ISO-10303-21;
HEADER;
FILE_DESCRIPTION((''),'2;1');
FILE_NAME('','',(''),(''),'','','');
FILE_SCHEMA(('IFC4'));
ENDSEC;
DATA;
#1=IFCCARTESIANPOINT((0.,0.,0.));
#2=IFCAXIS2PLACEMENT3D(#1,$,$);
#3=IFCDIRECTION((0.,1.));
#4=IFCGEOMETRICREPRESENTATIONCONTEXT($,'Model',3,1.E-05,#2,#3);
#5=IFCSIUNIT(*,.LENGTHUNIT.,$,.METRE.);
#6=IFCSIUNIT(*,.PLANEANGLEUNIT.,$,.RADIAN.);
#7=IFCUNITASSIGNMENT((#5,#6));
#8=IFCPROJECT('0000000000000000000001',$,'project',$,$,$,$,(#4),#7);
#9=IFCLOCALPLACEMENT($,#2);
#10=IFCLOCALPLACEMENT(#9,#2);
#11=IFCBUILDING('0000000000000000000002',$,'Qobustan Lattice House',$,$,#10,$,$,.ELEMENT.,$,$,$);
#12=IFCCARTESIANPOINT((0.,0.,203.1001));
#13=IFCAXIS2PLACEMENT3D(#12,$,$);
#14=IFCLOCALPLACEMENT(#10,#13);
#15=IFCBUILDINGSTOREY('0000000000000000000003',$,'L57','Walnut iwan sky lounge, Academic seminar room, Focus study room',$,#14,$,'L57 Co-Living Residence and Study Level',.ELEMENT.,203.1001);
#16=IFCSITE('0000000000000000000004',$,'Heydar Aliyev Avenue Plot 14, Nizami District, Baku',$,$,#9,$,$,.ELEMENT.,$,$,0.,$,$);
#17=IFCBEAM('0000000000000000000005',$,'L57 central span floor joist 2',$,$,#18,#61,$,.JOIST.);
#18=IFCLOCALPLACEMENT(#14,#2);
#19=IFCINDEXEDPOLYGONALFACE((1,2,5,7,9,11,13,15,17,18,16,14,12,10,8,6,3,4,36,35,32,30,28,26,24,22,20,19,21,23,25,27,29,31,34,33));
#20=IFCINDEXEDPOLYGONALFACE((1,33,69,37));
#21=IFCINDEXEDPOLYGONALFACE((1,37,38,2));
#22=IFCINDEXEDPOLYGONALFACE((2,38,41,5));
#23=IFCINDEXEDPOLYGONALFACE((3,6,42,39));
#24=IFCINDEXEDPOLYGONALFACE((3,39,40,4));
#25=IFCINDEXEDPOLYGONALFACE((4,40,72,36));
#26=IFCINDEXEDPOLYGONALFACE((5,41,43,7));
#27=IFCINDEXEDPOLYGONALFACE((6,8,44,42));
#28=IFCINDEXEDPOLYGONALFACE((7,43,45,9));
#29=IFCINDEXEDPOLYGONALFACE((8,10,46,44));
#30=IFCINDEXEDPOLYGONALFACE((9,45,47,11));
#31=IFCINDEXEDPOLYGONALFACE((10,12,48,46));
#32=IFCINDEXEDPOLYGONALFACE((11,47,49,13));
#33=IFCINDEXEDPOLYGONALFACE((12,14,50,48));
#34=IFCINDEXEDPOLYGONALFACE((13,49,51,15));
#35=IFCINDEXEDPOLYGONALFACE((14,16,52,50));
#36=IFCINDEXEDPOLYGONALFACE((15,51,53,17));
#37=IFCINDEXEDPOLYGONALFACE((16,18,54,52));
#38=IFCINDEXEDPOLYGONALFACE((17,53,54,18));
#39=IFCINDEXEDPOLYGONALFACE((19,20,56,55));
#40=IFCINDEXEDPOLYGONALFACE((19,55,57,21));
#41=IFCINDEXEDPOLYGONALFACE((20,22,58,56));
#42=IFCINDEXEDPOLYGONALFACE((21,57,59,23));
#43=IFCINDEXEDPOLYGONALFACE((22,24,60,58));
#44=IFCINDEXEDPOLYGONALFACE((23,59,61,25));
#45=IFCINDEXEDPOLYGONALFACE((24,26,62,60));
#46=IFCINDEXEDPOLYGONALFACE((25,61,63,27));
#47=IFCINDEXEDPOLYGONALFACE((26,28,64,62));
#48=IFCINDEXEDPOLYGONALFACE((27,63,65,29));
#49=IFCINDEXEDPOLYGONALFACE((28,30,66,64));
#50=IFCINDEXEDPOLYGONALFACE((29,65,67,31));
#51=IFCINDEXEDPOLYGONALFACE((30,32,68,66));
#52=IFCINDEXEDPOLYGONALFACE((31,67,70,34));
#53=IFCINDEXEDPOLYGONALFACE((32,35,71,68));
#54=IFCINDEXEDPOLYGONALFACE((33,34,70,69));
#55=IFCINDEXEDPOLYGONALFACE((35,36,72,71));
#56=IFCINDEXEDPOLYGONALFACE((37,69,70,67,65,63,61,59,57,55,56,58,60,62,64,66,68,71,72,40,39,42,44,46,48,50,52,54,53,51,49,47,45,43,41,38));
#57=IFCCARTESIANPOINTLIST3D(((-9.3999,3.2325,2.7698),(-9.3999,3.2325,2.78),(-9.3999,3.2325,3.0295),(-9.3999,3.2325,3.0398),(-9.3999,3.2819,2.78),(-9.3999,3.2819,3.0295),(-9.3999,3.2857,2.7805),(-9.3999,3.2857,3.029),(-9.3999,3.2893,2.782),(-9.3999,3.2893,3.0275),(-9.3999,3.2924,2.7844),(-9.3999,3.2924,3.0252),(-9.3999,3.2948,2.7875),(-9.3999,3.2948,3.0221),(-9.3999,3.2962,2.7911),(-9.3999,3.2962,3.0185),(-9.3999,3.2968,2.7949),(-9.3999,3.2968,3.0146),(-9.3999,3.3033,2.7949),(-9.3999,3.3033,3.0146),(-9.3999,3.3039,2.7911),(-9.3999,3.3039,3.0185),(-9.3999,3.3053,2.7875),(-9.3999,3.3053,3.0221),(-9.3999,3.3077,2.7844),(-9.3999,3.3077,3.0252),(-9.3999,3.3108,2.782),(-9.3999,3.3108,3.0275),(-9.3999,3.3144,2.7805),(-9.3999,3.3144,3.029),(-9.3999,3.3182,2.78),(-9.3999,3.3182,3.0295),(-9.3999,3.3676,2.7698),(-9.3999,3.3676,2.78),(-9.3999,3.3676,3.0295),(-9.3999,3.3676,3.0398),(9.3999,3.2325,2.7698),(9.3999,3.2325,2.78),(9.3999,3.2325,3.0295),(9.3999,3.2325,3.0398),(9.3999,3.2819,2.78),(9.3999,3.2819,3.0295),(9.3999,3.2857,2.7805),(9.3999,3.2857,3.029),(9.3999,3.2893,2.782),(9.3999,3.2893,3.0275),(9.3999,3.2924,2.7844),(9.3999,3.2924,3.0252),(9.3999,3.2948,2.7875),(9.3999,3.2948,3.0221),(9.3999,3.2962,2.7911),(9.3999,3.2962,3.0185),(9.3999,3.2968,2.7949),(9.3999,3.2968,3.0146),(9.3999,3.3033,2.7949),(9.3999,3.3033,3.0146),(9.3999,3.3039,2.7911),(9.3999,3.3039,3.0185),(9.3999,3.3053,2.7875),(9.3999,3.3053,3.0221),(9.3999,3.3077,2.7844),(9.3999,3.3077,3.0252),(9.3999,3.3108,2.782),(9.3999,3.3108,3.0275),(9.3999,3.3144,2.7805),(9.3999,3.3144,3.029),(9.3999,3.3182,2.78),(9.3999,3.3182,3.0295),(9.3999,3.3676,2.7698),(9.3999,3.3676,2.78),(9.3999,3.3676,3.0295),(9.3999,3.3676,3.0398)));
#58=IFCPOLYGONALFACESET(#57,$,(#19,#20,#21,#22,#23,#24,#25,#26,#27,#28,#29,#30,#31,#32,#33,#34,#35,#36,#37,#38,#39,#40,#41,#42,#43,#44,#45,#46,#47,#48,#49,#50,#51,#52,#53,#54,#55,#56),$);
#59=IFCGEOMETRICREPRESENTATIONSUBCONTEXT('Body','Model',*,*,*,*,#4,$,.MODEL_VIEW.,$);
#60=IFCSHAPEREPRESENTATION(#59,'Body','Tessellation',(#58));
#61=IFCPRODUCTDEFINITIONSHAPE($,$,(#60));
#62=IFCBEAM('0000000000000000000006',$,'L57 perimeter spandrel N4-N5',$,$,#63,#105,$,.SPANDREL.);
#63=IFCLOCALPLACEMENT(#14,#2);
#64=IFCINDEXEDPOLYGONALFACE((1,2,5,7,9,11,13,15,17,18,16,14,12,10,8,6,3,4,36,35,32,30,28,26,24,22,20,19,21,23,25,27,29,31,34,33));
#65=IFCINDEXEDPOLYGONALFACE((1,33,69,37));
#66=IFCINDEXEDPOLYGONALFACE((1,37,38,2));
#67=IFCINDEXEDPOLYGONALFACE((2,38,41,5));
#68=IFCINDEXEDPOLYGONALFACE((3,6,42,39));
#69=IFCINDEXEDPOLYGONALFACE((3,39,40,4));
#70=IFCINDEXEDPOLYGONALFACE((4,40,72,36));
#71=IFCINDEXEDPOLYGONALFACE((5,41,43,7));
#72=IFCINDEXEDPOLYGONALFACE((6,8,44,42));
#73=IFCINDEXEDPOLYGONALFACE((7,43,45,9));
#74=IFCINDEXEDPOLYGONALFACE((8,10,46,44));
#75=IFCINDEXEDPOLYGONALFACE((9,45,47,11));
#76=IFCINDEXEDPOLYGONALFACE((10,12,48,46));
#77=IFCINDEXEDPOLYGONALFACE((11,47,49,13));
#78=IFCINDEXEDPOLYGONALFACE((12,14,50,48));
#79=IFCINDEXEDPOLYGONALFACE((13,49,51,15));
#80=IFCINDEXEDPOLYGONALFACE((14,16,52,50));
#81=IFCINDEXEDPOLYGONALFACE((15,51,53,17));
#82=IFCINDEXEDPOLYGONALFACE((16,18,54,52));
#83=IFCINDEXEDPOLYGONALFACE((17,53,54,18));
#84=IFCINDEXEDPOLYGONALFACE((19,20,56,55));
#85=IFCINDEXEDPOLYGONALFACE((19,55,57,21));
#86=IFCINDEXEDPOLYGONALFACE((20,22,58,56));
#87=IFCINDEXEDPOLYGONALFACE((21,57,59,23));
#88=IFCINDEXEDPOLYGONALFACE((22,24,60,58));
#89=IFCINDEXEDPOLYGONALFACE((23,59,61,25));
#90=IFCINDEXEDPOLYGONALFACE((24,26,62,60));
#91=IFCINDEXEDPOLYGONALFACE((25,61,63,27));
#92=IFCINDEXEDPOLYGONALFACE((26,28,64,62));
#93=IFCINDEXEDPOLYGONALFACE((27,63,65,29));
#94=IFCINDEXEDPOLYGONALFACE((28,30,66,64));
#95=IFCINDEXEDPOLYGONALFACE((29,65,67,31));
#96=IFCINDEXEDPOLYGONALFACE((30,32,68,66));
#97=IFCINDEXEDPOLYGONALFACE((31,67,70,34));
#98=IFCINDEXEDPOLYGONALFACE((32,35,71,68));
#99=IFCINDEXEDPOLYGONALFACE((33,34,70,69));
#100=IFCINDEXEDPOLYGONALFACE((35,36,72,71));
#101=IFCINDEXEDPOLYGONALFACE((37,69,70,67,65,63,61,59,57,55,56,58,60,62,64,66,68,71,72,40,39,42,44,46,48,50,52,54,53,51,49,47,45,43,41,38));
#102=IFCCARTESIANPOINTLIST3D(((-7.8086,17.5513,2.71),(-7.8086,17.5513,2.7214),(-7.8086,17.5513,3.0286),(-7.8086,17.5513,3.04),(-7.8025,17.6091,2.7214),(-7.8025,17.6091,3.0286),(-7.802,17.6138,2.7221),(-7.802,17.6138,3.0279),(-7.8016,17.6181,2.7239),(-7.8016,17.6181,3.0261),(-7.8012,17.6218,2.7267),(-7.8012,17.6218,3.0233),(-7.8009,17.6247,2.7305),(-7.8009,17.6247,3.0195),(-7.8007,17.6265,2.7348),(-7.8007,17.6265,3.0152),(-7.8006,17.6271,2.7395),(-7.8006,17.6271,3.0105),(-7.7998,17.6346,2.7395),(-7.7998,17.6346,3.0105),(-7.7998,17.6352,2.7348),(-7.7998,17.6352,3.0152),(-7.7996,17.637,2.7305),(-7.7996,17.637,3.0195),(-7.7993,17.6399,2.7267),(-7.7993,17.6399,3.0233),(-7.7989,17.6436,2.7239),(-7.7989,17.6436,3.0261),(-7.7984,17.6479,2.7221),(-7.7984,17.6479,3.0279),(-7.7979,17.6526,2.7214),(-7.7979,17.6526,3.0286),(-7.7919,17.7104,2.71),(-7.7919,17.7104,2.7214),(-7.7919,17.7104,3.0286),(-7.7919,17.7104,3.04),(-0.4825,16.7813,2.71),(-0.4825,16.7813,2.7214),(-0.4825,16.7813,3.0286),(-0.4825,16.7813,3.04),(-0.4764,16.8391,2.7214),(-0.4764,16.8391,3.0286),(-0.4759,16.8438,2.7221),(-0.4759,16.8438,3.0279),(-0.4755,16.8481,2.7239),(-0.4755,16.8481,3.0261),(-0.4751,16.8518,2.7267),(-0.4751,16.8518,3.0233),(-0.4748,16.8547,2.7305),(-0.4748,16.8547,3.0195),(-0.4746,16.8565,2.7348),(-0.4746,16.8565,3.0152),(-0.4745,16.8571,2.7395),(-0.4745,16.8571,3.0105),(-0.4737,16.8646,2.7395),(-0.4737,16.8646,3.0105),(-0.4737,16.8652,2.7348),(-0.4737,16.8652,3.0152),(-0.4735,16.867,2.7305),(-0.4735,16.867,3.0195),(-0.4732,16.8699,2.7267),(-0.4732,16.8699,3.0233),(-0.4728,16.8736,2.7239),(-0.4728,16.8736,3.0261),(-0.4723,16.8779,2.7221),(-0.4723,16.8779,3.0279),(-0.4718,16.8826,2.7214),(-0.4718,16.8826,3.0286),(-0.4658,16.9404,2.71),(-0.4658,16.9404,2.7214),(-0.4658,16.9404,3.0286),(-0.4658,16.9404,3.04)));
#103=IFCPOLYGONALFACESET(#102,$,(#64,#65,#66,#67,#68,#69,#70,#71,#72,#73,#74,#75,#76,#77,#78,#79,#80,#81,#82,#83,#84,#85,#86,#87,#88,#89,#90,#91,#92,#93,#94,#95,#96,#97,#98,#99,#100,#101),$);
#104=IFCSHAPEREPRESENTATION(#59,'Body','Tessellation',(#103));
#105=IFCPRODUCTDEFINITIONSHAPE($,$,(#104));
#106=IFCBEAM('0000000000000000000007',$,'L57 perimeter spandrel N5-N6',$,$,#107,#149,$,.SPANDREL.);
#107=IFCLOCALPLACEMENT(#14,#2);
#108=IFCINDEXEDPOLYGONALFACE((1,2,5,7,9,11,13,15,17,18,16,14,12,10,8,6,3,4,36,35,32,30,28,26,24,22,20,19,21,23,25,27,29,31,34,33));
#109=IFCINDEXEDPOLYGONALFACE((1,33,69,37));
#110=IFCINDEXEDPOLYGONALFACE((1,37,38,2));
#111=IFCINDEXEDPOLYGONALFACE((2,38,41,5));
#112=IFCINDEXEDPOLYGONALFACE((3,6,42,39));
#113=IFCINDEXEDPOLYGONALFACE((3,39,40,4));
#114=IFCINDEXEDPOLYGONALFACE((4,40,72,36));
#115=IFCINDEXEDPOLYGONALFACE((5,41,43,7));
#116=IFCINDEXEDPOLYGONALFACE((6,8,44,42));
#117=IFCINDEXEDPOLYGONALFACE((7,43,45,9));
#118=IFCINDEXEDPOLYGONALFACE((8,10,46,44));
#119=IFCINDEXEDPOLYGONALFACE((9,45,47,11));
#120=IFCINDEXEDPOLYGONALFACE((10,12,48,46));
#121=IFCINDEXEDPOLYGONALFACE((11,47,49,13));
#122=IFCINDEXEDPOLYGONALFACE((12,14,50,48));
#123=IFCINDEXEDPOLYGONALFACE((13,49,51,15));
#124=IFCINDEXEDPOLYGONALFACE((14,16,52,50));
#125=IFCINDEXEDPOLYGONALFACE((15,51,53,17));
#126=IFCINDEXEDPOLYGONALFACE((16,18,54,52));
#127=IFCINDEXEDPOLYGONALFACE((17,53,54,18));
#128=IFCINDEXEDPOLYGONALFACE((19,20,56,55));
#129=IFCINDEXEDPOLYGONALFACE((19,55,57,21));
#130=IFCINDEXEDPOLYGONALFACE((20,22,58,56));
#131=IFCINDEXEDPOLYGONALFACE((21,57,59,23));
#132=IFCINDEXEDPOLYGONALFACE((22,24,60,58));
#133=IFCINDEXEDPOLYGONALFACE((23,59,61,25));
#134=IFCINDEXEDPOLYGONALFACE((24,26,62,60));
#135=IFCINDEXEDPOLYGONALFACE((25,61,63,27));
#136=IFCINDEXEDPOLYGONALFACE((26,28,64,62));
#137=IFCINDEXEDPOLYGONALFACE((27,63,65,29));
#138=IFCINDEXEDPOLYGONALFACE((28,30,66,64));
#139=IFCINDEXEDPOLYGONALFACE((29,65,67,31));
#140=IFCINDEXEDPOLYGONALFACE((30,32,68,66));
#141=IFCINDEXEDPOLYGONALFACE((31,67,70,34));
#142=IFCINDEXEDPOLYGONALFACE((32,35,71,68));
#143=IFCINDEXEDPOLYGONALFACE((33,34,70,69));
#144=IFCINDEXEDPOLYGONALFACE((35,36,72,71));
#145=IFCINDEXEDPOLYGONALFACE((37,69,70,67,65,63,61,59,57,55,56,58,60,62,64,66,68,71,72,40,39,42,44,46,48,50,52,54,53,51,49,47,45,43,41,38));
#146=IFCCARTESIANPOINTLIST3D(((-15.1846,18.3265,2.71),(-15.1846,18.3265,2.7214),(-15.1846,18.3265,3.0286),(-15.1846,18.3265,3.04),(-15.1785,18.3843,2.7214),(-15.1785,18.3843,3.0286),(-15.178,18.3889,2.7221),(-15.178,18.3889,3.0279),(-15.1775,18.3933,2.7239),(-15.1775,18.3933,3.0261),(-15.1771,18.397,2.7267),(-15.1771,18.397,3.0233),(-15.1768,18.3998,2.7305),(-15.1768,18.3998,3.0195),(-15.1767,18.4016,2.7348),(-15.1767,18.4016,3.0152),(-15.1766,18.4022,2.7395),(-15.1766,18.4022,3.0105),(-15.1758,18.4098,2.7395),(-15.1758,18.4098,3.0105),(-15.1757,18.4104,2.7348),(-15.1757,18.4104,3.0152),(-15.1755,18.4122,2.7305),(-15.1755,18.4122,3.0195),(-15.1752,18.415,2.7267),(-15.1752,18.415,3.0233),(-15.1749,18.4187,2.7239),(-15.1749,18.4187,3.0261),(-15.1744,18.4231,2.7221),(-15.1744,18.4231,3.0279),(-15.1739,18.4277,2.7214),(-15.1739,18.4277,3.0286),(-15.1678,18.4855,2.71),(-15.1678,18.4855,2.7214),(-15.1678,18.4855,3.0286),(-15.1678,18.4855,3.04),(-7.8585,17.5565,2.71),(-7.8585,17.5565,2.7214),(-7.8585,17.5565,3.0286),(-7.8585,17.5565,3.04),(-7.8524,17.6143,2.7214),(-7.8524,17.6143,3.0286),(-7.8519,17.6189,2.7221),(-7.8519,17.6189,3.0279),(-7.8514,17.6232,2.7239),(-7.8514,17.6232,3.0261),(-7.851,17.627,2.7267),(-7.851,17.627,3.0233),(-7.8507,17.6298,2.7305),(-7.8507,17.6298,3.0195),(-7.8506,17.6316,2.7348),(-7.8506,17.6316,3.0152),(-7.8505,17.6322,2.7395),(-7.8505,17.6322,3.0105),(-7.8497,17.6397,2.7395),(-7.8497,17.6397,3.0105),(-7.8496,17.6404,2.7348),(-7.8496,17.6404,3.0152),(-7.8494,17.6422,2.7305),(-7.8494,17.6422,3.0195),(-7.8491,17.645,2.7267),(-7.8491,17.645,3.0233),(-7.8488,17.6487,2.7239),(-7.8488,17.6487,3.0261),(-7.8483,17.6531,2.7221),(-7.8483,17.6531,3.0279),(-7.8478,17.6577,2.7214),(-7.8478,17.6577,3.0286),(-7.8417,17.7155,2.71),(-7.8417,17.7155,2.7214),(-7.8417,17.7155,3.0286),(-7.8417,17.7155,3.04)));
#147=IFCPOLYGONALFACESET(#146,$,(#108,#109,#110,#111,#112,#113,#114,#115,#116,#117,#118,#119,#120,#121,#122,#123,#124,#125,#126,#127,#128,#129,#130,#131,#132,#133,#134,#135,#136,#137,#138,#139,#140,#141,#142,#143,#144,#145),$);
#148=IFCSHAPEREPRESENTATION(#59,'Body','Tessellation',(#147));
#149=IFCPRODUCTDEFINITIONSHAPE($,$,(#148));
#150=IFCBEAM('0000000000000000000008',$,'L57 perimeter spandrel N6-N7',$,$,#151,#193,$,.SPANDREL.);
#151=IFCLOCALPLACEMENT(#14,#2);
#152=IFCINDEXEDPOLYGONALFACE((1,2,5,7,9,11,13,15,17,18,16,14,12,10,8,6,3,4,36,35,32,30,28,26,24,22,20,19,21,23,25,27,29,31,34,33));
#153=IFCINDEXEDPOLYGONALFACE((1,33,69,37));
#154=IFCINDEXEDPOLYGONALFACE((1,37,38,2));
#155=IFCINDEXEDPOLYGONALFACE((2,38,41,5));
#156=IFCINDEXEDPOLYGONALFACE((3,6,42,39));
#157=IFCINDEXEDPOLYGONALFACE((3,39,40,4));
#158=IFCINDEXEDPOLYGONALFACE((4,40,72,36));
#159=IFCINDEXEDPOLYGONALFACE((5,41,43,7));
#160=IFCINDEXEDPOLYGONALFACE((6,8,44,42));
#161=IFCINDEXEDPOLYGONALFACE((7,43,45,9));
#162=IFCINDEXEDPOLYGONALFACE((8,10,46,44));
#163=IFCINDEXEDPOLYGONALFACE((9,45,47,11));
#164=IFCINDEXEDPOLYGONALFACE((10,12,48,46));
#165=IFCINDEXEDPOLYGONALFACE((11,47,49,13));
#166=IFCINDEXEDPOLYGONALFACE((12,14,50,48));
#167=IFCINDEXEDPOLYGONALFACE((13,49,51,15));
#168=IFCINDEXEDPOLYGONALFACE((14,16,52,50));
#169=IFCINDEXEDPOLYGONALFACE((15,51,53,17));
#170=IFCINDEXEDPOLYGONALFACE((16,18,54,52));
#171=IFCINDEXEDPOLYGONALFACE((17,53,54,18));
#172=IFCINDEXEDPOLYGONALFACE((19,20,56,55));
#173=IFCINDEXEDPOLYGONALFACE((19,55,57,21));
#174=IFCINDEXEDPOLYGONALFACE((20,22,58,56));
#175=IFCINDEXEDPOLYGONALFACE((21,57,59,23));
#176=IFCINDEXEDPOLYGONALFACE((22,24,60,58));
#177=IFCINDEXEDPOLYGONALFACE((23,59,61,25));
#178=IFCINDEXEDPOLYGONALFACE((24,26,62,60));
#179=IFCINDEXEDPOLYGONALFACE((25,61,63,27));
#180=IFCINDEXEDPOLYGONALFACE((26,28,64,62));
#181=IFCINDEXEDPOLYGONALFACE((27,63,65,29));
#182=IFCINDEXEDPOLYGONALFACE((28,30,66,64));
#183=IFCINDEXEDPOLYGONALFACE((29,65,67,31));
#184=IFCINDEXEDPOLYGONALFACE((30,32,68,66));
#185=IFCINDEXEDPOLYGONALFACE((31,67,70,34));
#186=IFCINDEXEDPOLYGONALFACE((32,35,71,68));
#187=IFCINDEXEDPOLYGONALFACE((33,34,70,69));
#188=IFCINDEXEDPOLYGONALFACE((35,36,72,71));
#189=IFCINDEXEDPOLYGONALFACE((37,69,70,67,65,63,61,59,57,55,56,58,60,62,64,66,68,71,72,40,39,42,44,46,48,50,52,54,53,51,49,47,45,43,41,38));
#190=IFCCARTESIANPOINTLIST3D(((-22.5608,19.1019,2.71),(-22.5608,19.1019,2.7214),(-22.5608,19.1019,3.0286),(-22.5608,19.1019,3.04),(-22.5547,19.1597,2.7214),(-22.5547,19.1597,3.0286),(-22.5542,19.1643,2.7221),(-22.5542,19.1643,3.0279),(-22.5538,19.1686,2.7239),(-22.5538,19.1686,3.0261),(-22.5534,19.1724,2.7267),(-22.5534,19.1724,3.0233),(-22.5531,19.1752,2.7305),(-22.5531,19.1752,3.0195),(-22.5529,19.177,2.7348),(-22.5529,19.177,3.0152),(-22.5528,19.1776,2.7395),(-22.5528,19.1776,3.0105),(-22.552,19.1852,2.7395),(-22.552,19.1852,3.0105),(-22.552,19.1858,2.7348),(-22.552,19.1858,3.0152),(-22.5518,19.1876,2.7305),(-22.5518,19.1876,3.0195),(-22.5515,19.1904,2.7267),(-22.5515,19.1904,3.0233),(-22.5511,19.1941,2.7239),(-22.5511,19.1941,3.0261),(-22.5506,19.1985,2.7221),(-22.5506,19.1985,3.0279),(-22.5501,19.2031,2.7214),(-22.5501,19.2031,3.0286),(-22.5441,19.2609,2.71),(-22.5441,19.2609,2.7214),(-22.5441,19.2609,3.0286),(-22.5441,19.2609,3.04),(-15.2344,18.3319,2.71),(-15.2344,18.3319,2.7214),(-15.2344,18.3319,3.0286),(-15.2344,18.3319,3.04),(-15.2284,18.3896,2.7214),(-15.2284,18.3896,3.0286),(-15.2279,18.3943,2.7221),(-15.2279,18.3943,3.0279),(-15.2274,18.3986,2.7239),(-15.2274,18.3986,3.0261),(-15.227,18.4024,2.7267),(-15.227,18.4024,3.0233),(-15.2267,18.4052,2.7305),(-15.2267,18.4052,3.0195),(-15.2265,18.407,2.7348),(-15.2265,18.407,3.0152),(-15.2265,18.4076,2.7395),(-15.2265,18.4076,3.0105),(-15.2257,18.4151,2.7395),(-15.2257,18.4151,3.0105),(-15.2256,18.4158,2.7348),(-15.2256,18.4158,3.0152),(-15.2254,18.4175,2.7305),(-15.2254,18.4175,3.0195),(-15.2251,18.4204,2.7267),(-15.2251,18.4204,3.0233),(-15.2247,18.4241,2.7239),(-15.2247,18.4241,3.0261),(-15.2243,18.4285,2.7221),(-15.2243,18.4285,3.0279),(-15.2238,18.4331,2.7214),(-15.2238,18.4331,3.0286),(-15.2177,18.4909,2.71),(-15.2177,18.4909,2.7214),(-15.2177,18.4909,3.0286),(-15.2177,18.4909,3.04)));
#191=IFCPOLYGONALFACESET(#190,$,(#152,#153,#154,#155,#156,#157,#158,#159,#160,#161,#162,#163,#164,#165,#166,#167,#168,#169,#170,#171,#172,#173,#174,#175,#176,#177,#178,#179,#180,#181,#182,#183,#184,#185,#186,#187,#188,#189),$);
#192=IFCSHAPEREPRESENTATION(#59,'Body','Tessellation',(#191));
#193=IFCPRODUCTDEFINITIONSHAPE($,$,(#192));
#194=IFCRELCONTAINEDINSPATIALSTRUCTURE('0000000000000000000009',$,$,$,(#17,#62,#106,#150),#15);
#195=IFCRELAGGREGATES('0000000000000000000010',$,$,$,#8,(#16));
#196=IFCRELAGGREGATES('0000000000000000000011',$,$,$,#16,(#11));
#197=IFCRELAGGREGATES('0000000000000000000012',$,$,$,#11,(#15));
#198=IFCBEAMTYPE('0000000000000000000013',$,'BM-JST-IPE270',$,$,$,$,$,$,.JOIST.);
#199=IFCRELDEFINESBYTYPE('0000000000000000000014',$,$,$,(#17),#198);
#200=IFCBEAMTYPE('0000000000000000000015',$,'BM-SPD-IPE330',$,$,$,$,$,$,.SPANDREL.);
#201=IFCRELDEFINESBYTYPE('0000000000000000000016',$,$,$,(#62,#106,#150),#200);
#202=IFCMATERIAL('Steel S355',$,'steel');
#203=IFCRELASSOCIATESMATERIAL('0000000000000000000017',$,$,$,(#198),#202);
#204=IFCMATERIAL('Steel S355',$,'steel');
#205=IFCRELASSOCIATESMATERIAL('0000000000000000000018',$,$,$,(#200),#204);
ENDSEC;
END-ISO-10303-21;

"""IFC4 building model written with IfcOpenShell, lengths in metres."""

from ifc_helpers import new_model, si_unit, direction, frame, origin, origin_2d, place, context, subcontext, project, spatial, i_section, extrude, material, material_profile, profile_set, type_object, element, save


model = new_model("IFC4")

# Units and contexts
model_context = context("Model", 3, precision=1e-05, world=origin(), true_north=direction((0.0, 1.0)))
body_context = subcontext(model_context, "Body", "Model", "MODEL_VIEW")
ifc_project = project(units=[si_unit("LENGTHUNIT", "METRE"), si_unit("PLANEANGLEUNIT", "RADIAN")], contexts=[model_context])

# Site, building, storey
site_placement = place(None, origin())
site = spatial("IfcSite", under=ifc_project, at=site_placement, Name="Heydar Aliyev Avenue Plot 14, Nizami District, Baku", CompositionType="ELEMENT", RefElevation=0.0)
building_placement = place(site_placement, origin())
building = spatial("IfcBuilding", under=site, at=building_placement, Name="Qobustan Lattice House", CompositionType="ELEMENT")
storey_placement = place(building_placement, frame((0.0, 0.0, 203.1001)))
storey = spatial("IfcBuildingStorey", under=building, at=storey_placement, Name="L57", Description="Walnut iwan sky lounge, Academic seminar room, Focus study room", LongName="L57 Co-Living Residence and Study Level", CompositionType="ELEMENT", Elevation=203.1001)

# Beams
ifc_material_1 = material(Name="Steel S355", Category="steel")
ifc_material_profile_1 = material_profile(ifc_material_1, i_section(OverallWidth=0.135, OverallDepth=0.27, WebThickness=0.0066, FlangeThickness=0.0103, FilletRadius=0.0149, at=origin_2d()), Name="IPE270")
ifc_profile_set_1 = profile_set([ifc_material_profile_1], Name="Steel S355")
beam_type_1 = type_object("IfcBeamType", Name="BM-JST-IPE270", PredefinedType="JOIST", material=ifc_profile_set_1)
beam_1_placement = place(storey_placement, frame((-9.3999, 3.3, 2.9048), z_axis=(1.0, 0.0, 0.0), x_axis=(0.0, 1.0, 0.0)))
element("IfcBeam", 1, at=beam_1_placement, inside=storey, type_object=beam_type_1, Name="L57 central span floor joist 2", PredefinedType="JOIST", context=body_context, shape_type="SweptSolid", body=[
    extrude(i_section(OverallWidth=0.135, OverallDepth=0.27, WebThickness=0.0066, FlangeThickness=0.0103, FilletRadius=0.0149, at=origin_2d()), origin(), (0.0, 0.0, 1.0), 18.7998),
])
ifc_material_2 = material(Name="Steel S355", Category="steel")
ifc_material_profile_2 = material_profile(ifc_material_2, i_section(OverallWidth=0.1599, OverallDepth=0.3301, WebThickness=0.0076, FlangeThickness=0.0115, FilletRadius=0.0181, at=origin_2d()), Name="IPE330")
ifc_profile_set_2 = profile_set([ifc_material_profile_2], Name="Steel S355")
beam_type_2 = type_object("IfcBeamType", Name="BM-SPD-IPE330", PredefinedType="SPANDREL", material=ifc_profile_set_2)
for number, where, z_axis, x_axis, name in (
    (2, (-0.4741, 16.8608, 2.875), (-0.994522, 0.10453, 0.0), (-0.10453, -0.994522, 0.0), "L57 perimeter spandrel N4-N5"),
    (3, (-7.8501, 17.636, 2.875), (-0.994522, 0.10453, 0.0), (-0.10453, -0.994522, 0.0), "L57 perimeter spandrel N5-N6"),
):
    element("IfcBeam", number, at=place(storey_placement, frame(where, z_axis=z_axis, x_axis=x_axis)), inside=storey, type_object=beam_type_2, Name=name, PredefinedType="SPANDREL", context=body_context, shape_type="SweptSolid", body=[
        extrude(i_section(OverallWidth=0.1599, OverallDepth=0.3301, WebThickness=0.0076, FlangeThickness=0.0115, FilletRadius=0.0181, at=origin_2d()), origin(), (0.0, 0.0, 1.0), 7.3665),
    ])
beam_2_placement = place(storey_placement, frame((-15.2261, 18.4114, 2.875), z_axis=(-0.994522, 0.104526, 0.0), x_axis=(-0.104526, -0.994522, 0.0)))
element("IfcBeam", 4, at=beam_2_placement, inside=storey, type_object=beam_type_2, Name="L57 perimeter spandrel N6-N7", PredefinedType="SPANDREL", context=body_context, shape_type="SweptSolid", body=[
    extrude(i_section(OverallWidth=0.1599, OverallDepth=0.3301, WebThickness=0.0076, FlangeThickness=0.0115, FilletRadius=0.0181, at=origin_2d()), origin(), (0.0, 0.0, 1.0), 7.3667),
])

save(model, "model.ifc")
